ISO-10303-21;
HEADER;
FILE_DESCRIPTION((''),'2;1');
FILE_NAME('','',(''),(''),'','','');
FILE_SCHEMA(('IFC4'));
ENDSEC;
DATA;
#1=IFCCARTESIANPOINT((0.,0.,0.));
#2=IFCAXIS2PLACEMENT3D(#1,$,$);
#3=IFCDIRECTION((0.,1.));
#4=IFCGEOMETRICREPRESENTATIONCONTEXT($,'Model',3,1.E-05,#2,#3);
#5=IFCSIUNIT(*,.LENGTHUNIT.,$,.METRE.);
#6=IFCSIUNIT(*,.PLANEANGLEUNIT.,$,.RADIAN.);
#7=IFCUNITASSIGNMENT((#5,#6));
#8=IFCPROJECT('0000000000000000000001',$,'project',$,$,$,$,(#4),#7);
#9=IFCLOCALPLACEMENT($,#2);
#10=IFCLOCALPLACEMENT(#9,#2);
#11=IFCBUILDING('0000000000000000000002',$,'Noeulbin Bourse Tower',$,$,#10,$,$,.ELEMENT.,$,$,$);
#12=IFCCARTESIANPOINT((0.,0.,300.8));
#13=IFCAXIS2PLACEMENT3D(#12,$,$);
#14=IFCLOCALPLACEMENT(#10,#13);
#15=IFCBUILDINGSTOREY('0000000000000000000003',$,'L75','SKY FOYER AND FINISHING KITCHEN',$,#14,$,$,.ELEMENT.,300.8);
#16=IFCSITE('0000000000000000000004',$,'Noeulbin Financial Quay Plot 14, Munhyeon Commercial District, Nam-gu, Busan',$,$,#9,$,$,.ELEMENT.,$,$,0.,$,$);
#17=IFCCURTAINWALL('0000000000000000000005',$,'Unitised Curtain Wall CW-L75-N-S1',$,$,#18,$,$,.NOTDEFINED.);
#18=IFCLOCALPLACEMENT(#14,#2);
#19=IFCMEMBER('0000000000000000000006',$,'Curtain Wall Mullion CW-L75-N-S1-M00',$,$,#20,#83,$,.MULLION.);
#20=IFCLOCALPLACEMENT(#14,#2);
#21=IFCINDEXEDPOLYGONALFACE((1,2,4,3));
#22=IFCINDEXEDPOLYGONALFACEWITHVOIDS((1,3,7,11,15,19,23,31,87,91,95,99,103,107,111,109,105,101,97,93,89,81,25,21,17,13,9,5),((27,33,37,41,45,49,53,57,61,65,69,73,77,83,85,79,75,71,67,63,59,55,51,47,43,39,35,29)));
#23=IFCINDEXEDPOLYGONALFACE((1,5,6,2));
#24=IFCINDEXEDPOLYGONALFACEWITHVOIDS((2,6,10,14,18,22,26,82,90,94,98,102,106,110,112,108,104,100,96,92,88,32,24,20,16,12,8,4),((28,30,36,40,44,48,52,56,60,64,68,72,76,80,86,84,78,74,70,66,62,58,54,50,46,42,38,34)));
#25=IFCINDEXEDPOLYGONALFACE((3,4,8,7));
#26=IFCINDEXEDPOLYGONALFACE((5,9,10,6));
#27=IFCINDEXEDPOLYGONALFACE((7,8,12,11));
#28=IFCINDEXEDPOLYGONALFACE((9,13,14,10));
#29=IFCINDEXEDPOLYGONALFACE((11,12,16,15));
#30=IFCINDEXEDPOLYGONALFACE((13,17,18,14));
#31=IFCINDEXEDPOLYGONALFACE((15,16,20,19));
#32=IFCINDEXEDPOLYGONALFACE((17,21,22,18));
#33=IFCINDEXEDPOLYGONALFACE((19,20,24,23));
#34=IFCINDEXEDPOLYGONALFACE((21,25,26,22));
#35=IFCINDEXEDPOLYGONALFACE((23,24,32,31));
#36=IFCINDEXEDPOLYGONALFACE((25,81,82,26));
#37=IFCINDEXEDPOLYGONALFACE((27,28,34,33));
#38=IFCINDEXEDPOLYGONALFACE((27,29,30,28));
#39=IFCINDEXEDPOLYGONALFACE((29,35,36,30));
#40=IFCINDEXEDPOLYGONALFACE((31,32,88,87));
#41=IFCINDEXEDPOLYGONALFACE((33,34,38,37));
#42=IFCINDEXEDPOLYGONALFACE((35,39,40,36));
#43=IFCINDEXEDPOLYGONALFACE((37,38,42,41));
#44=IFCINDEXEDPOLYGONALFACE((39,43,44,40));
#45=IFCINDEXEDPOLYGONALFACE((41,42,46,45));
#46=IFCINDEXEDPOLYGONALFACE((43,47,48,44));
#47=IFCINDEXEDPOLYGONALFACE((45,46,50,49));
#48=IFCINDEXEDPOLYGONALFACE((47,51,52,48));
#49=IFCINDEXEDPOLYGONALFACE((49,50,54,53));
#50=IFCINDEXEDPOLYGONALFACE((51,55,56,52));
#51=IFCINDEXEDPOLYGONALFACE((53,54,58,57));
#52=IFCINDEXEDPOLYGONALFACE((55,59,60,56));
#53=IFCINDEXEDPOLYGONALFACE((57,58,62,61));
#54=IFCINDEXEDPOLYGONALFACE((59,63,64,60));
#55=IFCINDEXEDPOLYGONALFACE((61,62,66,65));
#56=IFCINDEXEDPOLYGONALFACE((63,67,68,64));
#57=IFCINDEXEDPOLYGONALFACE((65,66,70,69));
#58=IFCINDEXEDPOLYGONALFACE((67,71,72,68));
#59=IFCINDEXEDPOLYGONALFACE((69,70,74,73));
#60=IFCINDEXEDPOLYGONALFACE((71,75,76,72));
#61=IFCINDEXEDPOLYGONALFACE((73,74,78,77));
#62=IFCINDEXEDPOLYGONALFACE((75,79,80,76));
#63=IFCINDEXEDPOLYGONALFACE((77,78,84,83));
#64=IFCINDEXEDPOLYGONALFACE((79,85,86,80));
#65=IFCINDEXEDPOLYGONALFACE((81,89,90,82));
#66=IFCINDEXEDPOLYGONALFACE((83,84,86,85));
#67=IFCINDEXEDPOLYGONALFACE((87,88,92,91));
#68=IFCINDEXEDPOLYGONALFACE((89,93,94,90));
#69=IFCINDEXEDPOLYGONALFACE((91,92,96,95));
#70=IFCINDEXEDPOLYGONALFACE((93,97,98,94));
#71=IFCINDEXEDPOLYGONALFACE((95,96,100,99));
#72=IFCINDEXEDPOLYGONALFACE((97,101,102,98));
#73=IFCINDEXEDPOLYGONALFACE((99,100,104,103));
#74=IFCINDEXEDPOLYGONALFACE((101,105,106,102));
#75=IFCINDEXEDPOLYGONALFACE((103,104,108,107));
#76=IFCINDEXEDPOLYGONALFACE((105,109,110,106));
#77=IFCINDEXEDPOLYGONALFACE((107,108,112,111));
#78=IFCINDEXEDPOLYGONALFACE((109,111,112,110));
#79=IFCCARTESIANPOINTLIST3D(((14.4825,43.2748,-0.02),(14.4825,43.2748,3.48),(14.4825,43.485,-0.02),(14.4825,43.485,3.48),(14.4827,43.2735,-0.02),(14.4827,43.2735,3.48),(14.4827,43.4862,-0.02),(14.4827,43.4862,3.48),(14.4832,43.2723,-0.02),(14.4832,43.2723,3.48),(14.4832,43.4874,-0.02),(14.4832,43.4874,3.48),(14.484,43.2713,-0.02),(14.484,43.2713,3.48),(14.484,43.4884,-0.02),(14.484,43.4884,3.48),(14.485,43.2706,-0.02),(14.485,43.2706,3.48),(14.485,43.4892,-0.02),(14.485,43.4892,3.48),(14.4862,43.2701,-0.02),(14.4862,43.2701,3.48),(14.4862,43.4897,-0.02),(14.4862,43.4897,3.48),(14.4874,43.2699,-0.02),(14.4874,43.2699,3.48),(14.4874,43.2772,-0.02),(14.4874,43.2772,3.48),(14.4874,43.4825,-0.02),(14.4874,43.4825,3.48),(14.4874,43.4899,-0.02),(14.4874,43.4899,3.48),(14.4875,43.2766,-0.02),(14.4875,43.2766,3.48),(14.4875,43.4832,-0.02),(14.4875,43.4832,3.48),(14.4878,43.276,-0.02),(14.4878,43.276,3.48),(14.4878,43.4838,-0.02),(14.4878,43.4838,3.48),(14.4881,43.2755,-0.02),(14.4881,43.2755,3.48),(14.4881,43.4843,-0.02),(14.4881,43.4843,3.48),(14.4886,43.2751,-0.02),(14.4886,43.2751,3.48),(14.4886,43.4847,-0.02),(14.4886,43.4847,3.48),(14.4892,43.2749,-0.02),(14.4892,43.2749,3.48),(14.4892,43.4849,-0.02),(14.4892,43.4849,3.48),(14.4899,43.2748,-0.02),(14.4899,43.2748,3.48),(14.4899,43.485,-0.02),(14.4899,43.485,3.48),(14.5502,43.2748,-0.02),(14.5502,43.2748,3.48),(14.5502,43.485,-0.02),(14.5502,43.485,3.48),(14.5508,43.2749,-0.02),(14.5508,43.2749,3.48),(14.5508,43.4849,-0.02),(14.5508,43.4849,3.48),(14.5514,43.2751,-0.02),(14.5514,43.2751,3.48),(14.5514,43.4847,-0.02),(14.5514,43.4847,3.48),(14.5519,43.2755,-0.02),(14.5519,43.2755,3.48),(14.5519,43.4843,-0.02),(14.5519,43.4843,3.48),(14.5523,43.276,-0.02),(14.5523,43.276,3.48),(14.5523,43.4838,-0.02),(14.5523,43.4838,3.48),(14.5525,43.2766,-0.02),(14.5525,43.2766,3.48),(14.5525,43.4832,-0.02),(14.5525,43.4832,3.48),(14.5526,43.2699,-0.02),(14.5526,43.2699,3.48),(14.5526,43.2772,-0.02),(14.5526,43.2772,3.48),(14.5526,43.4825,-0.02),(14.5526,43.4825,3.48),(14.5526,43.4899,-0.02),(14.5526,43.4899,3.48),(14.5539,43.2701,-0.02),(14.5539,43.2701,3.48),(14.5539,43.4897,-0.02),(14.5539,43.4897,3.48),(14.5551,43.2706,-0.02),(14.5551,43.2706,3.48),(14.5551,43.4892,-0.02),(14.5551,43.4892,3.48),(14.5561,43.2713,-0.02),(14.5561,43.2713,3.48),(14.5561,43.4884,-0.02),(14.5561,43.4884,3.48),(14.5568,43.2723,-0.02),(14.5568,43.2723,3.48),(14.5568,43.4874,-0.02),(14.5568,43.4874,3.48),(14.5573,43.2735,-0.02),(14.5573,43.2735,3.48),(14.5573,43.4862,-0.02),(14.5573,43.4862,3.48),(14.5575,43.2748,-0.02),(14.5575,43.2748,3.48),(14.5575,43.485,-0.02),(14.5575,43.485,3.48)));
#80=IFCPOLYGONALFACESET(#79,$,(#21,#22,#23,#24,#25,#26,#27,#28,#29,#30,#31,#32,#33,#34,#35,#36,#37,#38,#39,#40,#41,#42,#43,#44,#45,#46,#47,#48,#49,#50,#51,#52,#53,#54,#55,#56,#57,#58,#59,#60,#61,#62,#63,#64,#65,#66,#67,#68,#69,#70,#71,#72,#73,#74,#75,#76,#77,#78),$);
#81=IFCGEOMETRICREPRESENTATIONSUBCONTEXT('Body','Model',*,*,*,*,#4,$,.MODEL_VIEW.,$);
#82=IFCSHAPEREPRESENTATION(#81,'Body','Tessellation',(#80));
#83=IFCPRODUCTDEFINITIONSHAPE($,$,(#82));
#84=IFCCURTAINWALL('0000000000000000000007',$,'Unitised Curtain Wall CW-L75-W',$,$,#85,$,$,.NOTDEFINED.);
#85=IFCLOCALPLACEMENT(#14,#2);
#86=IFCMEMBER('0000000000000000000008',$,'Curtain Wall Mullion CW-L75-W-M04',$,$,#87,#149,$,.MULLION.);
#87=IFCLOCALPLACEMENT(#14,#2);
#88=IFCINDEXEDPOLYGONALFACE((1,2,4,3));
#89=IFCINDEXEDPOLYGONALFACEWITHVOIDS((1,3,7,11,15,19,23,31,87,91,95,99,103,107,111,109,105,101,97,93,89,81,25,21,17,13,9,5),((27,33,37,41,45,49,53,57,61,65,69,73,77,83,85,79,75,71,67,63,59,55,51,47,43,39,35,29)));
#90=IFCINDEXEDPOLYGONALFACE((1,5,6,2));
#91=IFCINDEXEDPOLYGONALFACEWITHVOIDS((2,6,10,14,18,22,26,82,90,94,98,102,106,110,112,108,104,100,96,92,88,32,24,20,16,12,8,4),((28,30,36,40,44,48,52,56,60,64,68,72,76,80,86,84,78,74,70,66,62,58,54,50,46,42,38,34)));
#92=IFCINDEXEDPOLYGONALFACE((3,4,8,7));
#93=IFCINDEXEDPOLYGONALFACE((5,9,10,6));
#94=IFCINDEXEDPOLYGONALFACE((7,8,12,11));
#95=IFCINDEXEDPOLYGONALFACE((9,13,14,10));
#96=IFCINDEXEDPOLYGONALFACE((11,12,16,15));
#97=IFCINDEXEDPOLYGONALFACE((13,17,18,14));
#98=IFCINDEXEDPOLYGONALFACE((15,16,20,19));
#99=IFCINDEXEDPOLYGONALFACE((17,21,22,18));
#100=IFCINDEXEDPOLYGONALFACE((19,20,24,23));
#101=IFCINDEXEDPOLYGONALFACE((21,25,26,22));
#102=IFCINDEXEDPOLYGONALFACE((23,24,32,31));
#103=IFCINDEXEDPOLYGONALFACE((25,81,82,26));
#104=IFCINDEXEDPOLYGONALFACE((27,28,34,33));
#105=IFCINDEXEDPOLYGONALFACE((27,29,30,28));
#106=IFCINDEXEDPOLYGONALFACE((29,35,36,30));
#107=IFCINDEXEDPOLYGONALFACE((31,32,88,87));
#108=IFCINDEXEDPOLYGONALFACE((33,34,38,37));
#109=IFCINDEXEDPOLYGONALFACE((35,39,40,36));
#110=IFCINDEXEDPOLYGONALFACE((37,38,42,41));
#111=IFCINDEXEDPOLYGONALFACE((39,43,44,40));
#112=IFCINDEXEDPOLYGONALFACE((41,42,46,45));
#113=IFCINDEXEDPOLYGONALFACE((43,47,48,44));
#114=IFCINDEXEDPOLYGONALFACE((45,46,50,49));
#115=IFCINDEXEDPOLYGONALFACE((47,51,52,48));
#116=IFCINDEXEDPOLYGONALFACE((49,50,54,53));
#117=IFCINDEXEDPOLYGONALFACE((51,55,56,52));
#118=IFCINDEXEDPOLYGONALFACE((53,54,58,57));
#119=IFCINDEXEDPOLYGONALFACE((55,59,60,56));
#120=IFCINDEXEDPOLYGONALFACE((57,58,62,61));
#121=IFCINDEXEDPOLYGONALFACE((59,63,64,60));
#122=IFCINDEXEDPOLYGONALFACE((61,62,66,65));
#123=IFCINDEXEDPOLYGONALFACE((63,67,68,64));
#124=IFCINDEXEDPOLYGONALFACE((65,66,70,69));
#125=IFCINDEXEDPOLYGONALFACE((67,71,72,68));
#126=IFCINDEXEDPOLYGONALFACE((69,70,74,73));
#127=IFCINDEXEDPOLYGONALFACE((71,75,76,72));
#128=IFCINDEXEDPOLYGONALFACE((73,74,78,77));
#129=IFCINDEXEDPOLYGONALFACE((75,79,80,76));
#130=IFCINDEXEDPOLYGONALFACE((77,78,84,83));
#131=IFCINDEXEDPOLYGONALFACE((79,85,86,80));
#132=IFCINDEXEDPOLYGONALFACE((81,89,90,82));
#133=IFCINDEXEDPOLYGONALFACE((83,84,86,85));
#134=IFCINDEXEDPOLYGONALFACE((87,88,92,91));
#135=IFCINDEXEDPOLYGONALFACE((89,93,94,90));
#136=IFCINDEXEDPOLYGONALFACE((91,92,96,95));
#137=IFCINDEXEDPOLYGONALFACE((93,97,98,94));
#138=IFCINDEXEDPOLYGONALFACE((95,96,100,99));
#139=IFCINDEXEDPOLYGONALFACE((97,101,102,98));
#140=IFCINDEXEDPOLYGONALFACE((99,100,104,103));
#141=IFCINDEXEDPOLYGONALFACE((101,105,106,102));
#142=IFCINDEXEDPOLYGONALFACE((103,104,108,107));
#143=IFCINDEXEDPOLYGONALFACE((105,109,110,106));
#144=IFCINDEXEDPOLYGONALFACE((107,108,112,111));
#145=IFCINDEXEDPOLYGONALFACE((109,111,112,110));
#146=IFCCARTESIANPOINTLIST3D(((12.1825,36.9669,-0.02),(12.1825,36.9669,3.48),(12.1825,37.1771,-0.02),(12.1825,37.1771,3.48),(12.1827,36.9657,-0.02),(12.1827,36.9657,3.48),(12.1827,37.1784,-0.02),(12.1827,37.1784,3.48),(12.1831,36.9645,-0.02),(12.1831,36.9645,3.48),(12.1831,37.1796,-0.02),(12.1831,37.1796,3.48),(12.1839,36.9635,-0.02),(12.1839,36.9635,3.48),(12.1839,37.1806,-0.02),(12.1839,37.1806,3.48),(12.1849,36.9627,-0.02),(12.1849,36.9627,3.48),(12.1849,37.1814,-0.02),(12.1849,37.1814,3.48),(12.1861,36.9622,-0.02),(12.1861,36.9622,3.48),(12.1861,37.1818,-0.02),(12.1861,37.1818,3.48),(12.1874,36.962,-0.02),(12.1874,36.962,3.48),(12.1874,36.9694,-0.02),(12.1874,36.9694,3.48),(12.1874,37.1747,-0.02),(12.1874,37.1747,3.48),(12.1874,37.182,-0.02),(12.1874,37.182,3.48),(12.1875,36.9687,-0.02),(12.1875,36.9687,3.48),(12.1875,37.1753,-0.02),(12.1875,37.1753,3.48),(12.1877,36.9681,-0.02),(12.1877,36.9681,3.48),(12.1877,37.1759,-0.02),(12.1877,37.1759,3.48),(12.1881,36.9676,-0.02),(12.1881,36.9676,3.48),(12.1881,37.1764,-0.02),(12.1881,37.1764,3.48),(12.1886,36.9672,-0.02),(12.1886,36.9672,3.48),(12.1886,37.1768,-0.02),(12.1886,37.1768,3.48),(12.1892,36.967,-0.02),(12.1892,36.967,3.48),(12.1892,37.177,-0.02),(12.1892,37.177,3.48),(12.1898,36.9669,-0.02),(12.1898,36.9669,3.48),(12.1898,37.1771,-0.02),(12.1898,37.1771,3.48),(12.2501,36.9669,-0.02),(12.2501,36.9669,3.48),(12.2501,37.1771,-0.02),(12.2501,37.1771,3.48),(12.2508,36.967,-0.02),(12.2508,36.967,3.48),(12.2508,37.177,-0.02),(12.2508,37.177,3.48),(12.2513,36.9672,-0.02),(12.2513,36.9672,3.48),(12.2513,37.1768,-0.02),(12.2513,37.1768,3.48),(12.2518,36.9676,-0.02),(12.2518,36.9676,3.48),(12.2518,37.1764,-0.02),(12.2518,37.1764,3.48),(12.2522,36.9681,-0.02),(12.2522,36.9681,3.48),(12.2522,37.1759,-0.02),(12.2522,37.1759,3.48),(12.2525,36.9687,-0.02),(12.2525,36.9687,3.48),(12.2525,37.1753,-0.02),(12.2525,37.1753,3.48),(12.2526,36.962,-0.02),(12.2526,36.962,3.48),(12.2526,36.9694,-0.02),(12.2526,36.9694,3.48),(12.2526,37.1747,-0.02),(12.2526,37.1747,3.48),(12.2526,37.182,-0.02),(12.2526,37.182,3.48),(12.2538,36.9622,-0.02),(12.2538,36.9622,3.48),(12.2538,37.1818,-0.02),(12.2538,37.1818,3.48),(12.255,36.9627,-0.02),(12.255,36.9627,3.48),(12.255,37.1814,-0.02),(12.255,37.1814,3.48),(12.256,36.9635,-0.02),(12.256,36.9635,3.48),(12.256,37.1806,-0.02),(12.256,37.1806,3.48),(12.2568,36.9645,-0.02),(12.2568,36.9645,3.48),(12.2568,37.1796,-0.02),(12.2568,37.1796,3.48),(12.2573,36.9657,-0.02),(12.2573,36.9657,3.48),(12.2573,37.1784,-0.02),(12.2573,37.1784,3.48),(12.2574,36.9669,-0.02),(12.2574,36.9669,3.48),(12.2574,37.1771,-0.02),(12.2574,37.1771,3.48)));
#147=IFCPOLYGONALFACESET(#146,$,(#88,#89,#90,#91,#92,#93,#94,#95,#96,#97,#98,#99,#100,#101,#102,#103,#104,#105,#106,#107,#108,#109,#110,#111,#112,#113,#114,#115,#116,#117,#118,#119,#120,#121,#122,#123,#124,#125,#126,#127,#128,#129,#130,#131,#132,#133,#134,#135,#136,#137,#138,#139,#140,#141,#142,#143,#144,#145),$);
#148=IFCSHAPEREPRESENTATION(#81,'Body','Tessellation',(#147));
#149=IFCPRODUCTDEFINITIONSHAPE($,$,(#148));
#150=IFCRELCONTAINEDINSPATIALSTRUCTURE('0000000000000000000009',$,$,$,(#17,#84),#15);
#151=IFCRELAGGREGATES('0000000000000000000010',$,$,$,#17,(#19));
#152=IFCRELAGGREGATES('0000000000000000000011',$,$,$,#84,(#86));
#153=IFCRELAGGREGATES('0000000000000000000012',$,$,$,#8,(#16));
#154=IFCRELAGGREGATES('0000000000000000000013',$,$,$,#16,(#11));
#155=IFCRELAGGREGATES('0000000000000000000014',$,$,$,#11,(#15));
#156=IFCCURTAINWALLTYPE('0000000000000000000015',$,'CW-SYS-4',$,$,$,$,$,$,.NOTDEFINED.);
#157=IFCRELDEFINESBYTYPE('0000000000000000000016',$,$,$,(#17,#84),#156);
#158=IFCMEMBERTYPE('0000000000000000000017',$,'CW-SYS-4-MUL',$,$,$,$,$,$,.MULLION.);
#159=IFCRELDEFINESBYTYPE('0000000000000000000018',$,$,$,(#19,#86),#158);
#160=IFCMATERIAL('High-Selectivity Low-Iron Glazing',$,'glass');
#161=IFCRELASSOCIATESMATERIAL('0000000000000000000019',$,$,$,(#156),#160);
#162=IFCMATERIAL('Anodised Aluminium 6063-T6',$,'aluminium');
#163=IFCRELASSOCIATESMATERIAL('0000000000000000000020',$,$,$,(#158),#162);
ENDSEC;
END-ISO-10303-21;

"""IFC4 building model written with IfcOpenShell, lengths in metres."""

from ifc_helpers import new_model, si_unit, direction, frame, origin, origin_2d, place, context, subcontext, project, spatial, hollow_rectangle, extrude, material, material_profile, profile_set, type_object, element, aggregate, save


model = new_model("IFC4")

# Units and contexts
model_context = context("Model", 3, precision=1e-05, world=origin(), true_north=direction((0.0, 1.0)))
body_context = subcontext(model_context, "Body", "Model", "MODEL_VIEW")
ifc_project = project(units=[si_unit("LENGTHUNIT", "METRE"), si_unit("PLANEANGLEUNIT", "RADIAN")], contexts=[model_context])

# Site, building, storey
site_placement = place(None, origin())
site = spatial("IfcSite", under=ifc_project, at=site_placement, Name="Noeulbin Financial Quay Plot 14, Munhyeon Commercial District, Nam-gu, Busan", CompositionType="ELEMENT", RefElevation=0.0)
building_placement = place(site_placement, origin())
building = spatial("IfcBuilding", under=site, at=building_placement, Name="Noeulbin Bourse Tower", CompositionType="ELEMENT")
storey_placement = place(building_placement, frame((0.0, 0.0, 300.8)))
storey = spatial("IfcBuildingStorey", under=building, at=storey_placement, Name="L75", Description="SKY FOYER AND FINISHING KITCHEN", CompositionType="ELEMENT", Elevation=300.8)

# Curtain wall, member
ifc_material_1 = material(Name="High-Selectivity Low-Iron Glazing", Category="glass")
curtain_wall_type = type_object("IfcCurtainWallType", Name="CW-SYS-4", PredefinedType="NOTDEFINED", material=ifc_material_1)
curtain_wall_1_placement = place(storey_placement, origin())
curtain_wall_1 = element("IfcCurtainWall", 1, at=curtain_wall_1_placement, inside=storey, type_object=curtain_wall_type, Name="Unitised Curtain Wall CW-L75-N-S1", PredefinedType="NOTDEFINED")
ifc_material_2 = material(Name="Anodised Aluminium 6063-T6", Category="aluminium")
ifc_material_profile_1 = material_profile(ifc_material_2, hollow_rectangle(XDim=0.075, YDim=0.22, WallThickness=0.0049, InnerFilletRadius=0.0024, OuterFilletRadius=0.0049, at=origin_2d()), Name="ALU-MULL-75x220x5", Category="LoadBearing")
ifc_profile_set_1 = profile_set([ifc_material_profile_1], Name="Anodised Aluminium 6063-T6")
member_type_1 = type_object("IfcMemberType", Name="CW-SYS-4-MUL", PredefinedType="MULLION", material=ifc_profile_set_1)
member_1_placement = place(storey_placement, frame((14.52, 43.3799, -0.02), z_axis=(0.0, 0.0, 1.0), x_axis=(1.0, 0.0, 0.0)))
member_1 = element("IfcMember", 2, at=member_1_placement, type_object=member_type_1, Name="Curtain Wall Mullion CW-L75-N-S1-M00", PredefinedType="MULLION", context=body_context, shape_type="SweptSolid", body=[
    extrude(hollow_rectangle(XDim=0.075, YDim=0.22, WallThickness=0.0049, InnerFilletRadius=0.0024, OuterFilletRadius=0.0049, at=origin_2d()), origin(), (0.0, 0.0, 1.0), 3.5),
])

# Curtain wall, member
curtain_wall_2_placement = place(storey_placement, origin())
curtain_wall_2 = element("IfcCurtainWall", 3, at=curtain_wall_2_placement, inside=storey, type_object=curtain_wall_type, Name="Unitised Curtain Wall CW-L75-W", PredefinedType="NOTDEFINED")
member_2_placement = place(storey_placement, frame((12.22, 37.072, -0.02), z_axis=(0.0, 0.0, 1.0), x_axis=(1.0, 0.0, 0.0)))
member_2 = element("IfcMember", 4, at=member_2_placement, type_object=member_type_1, Name="Curtain Wall Mullion CW-L75-W-M04", PredefinedType="MULLION", context=body_context, shape_type="SweptSolid", body=[
    extrude(hollow_rectangle(XDim=0.075, YDim=0.22, WallThickness=0.0049, InnerFilletRadius=0.0024, OuterFilletRadius=0.0049, at=origin_2d()), origin(), (0.0, 0.0, 1.0), 3.5),
])

aggregate(curtain_wall_1, [member_1])
aggregate(curtain_wall_2, [member_2])

save(model, "model.ifc")
